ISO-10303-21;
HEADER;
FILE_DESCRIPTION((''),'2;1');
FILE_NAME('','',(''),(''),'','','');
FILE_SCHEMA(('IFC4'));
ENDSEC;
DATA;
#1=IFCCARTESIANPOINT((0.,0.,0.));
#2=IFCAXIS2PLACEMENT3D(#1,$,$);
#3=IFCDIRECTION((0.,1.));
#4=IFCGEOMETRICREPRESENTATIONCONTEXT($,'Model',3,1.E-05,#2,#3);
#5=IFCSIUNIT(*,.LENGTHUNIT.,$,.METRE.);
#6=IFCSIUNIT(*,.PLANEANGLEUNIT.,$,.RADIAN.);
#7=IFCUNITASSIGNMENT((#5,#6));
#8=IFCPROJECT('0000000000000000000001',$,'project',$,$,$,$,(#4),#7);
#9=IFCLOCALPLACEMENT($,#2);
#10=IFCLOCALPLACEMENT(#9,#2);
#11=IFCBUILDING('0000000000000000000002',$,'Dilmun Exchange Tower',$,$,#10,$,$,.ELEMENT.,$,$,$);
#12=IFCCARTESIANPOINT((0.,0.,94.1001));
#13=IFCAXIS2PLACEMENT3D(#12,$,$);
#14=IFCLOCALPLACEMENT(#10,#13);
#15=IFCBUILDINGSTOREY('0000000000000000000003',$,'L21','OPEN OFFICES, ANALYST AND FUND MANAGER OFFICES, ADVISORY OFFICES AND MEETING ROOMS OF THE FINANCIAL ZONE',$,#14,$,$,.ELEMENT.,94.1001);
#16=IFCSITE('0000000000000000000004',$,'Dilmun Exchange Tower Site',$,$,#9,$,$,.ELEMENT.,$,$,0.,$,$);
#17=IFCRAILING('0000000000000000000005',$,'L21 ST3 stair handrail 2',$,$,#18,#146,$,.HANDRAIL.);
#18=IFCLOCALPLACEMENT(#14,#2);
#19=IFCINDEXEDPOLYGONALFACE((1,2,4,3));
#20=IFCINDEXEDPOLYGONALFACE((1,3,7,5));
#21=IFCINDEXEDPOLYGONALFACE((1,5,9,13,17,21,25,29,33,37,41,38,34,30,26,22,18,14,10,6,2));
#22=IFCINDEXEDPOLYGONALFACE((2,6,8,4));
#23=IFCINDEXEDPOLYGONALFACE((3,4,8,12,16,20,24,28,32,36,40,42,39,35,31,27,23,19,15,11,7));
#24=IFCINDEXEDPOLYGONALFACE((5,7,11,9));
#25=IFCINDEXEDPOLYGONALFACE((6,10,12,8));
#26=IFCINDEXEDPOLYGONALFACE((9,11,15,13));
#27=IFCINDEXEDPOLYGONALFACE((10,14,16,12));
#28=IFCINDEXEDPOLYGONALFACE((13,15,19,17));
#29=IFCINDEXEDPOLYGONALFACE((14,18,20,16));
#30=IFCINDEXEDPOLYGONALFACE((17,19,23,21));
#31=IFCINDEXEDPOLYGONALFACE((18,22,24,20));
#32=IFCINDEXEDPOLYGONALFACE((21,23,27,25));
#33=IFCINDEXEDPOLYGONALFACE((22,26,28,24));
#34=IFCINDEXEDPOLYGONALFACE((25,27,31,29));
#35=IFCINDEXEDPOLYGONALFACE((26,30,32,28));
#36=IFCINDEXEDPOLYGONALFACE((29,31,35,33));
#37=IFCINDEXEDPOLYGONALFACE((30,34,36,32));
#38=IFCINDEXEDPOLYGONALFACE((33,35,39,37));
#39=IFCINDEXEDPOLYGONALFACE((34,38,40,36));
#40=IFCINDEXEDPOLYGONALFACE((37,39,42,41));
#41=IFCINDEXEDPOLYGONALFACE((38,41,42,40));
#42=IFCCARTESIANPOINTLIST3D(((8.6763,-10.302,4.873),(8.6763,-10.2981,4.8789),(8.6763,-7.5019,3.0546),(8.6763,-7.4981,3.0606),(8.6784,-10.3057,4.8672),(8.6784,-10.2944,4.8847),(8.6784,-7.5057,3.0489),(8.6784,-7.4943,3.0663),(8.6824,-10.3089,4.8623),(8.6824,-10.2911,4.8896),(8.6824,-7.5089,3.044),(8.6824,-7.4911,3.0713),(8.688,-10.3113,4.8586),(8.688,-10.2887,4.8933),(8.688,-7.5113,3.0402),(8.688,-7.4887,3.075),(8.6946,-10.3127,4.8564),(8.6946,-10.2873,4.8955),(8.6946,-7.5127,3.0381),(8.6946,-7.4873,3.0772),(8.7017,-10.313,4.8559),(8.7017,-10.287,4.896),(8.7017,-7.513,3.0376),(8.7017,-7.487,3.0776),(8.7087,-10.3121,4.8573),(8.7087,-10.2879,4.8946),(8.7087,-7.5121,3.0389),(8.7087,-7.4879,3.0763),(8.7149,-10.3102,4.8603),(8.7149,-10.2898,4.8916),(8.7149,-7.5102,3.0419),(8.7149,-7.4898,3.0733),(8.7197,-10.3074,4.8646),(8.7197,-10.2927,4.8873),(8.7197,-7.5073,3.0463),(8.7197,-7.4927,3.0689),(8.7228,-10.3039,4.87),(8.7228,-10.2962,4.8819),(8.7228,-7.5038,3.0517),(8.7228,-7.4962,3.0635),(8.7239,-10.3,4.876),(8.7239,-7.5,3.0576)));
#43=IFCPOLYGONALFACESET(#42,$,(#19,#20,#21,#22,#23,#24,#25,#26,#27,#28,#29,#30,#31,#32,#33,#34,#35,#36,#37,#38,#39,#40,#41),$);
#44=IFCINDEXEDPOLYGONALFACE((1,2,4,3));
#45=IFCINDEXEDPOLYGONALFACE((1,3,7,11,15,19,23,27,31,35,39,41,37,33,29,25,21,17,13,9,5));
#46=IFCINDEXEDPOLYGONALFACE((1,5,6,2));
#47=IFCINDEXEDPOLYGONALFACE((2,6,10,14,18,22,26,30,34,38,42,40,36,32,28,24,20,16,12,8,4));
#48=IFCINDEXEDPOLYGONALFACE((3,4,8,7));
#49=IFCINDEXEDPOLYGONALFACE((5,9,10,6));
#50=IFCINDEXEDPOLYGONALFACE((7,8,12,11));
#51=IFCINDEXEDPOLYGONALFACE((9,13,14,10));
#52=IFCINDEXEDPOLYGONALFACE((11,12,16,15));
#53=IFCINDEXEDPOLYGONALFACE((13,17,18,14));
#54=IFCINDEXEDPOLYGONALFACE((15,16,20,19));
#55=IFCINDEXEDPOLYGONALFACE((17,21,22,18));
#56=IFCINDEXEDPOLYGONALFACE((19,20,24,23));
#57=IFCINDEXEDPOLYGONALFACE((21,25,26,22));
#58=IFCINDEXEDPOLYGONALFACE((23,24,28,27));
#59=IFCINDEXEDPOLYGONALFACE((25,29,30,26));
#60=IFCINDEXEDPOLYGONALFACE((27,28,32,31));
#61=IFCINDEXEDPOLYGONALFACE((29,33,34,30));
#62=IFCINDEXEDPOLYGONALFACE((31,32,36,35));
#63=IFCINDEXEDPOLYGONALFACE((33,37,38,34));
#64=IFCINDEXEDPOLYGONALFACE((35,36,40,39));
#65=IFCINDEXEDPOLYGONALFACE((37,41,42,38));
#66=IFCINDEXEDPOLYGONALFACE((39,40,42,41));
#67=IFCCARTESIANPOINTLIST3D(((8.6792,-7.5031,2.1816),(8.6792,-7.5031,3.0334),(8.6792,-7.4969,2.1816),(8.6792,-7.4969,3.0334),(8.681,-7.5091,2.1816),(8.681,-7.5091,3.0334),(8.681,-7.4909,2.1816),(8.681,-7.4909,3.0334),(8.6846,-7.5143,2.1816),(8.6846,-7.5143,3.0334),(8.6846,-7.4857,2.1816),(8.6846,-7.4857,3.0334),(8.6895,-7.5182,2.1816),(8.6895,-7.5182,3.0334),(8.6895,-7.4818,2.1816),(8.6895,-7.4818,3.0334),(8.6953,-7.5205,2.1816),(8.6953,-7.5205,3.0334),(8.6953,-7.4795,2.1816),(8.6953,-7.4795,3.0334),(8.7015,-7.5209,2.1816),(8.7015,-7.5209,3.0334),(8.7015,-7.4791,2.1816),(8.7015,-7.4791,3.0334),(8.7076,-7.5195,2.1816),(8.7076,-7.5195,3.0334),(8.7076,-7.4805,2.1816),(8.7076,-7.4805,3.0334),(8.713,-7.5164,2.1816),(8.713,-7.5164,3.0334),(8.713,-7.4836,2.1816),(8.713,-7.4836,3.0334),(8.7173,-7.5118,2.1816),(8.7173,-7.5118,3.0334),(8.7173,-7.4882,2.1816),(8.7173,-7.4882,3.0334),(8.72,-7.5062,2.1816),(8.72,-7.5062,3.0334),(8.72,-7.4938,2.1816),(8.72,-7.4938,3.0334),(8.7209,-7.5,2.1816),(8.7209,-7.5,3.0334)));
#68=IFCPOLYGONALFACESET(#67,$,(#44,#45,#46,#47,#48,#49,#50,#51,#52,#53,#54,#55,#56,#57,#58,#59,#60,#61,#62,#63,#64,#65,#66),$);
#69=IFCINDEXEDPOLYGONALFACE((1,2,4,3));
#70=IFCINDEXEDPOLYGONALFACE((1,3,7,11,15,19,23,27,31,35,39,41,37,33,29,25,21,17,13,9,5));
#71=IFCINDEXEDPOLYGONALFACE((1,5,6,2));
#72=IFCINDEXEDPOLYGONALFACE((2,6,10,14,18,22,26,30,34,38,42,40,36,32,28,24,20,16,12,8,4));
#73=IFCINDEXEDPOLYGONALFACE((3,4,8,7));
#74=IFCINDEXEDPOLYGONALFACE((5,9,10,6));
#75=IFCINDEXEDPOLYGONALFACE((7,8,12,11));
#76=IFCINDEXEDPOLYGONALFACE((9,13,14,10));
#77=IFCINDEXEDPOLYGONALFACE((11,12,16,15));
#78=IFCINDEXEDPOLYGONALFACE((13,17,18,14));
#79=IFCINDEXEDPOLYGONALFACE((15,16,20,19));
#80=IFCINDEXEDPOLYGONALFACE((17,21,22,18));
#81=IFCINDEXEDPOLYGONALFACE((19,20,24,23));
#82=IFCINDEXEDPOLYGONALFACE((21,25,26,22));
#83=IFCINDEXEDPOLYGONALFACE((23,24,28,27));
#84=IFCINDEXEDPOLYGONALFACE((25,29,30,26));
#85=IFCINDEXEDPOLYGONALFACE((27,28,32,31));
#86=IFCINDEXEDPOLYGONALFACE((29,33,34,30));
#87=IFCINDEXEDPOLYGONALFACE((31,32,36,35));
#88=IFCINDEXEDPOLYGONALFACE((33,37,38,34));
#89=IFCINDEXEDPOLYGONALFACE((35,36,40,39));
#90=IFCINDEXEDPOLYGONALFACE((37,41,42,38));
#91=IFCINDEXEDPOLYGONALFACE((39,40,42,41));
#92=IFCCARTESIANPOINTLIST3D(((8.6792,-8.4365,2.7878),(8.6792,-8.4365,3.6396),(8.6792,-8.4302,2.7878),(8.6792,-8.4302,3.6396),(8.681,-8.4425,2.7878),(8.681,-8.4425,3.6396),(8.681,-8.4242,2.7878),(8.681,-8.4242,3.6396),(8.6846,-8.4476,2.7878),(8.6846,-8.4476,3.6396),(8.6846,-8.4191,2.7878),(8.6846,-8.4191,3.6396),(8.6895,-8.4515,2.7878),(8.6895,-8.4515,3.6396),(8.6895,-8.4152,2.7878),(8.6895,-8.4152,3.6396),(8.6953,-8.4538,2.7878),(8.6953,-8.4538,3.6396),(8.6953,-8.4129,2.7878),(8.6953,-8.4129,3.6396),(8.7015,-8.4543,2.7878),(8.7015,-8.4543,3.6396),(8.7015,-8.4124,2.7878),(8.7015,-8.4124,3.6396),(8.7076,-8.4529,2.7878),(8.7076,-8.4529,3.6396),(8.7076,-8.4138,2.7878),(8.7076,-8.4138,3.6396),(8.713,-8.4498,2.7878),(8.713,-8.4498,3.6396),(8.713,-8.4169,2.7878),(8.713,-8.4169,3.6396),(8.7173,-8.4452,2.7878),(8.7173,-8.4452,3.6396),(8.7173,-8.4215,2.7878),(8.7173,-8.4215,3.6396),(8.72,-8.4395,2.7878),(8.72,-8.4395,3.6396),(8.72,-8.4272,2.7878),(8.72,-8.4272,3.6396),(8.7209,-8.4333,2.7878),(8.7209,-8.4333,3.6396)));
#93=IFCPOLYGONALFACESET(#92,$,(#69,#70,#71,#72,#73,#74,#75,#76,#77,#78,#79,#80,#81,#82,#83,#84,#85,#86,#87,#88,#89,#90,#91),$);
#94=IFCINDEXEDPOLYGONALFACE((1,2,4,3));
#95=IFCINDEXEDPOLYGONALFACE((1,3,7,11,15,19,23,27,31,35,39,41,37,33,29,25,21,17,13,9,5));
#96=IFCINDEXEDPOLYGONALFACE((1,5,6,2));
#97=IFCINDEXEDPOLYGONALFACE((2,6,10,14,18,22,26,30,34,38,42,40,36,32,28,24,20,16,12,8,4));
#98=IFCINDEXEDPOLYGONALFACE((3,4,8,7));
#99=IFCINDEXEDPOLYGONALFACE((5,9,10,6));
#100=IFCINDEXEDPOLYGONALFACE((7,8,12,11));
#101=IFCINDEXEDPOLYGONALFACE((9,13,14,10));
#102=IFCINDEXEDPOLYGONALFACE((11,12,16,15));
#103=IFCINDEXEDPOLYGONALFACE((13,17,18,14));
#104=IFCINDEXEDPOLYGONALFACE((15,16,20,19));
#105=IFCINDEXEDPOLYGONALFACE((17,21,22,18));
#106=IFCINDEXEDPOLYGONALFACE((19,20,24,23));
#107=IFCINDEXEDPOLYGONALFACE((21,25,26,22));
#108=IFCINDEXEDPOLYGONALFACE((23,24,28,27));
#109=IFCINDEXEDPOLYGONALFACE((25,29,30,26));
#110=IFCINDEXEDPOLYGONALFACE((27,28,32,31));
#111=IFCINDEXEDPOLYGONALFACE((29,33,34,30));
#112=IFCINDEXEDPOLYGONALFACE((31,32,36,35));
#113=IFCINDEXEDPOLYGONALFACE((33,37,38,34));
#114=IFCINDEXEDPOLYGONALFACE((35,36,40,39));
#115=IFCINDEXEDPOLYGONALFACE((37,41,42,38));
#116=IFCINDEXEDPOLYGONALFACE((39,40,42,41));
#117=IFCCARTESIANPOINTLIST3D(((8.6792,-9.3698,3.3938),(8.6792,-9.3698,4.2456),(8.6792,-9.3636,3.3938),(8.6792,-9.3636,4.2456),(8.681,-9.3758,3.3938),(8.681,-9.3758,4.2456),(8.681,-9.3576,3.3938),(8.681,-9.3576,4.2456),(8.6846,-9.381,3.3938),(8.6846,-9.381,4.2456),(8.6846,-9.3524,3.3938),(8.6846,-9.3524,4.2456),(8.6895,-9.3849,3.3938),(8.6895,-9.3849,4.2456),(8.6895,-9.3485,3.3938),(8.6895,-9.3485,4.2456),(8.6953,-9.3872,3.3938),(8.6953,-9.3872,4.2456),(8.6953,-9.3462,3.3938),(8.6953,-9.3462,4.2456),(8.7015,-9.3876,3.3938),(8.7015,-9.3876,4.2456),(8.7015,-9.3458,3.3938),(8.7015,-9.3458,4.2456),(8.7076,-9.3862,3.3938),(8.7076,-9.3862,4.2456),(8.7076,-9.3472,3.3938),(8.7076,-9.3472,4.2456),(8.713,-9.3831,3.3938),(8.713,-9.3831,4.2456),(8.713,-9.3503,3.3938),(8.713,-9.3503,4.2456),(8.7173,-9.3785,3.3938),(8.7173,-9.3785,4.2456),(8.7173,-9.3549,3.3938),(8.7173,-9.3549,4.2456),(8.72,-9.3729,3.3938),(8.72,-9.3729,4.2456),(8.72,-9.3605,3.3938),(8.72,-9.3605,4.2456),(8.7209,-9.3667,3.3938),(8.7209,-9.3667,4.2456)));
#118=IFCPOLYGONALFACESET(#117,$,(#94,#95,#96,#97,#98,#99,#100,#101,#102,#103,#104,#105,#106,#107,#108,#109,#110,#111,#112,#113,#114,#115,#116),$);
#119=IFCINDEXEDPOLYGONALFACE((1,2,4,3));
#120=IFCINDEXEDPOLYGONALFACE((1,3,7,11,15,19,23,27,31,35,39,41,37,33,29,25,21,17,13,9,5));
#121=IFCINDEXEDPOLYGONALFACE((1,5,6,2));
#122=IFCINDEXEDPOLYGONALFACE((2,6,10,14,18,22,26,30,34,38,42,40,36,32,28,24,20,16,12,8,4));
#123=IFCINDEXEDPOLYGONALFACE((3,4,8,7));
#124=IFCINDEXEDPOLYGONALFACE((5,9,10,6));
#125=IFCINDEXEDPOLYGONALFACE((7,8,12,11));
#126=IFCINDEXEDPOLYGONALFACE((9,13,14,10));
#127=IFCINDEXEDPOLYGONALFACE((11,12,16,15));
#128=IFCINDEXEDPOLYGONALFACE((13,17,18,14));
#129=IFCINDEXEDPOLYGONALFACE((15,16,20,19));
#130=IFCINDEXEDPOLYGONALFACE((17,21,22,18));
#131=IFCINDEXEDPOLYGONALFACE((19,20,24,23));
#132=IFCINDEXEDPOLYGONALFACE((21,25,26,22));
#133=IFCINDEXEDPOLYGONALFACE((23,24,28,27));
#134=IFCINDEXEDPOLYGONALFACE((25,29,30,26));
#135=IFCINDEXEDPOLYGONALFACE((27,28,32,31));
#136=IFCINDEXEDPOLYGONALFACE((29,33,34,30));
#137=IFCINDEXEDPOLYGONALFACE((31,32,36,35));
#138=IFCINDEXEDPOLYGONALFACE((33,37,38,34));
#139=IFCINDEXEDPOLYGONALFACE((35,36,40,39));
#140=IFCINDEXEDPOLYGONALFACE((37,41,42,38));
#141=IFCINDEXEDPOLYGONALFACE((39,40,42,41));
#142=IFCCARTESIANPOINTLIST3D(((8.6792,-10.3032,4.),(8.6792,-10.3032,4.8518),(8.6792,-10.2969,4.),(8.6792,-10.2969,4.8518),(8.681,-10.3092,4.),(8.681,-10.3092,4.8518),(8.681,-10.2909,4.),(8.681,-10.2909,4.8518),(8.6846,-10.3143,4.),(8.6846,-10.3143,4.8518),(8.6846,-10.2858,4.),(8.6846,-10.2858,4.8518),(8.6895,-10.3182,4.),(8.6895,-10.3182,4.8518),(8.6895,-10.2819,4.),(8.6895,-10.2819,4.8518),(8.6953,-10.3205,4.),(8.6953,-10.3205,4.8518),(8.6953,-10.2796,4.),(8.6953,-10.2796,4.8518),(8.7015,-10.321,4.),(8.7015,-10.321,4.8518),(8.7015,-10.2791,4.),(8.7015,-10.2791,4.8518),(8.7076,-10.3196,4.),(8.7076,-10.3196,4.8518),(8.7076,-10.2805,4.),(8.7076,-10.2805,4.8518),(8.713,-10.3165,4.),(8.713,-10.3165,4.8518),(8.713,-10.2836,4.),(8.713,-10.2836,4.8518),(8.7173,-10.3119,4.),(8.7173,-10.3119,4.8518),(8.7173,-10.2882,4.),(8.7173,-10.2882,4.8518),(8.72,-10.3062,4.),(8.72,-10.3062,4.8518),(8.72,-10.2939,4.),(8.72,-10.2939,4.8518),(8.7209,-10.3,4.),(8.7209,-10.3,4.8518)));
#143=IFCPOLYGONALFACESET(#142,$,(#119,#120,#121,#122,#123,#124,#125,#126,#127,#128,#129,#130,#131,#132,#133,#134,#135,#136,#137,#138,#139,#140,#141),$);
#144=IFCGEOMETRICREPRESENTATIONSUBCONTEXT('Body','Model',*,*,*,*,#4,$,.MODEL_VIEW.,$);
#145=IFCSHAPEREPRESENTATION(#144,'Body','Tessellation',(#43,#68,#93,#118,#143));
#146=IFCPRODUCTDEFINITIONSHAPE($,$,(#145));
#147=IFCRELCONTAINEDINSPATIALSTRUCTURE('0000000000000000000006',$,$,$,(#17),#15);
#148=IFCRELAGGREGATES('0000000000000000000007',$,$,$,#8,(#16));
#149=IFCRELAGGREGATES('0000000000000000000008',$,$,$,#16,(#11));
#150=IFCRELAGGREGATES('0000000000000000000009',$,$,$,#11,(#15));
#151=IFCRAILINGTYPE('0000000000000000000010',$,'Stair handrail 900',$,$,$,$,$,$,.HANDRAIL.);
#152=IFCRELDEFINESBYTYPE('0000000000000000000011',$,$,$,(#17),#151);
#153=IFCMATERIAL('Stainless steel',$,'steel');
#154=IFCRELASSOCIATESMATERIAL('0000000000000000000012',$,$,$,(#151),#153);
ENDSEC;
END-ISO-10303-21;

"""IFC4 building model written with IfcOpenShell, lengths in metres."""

from ifc_helpers import new_model, si_unit, direction, frame, origin, origin_2d, place, context, subcontext, project, spatial, circle, extrude, material, type_object, element, save


model = new_model("IFC4")

# Units and contexts
model_context = context("Model", 3, precision=1e-05, world=origin(), true_north=direction((0.0, 1.0)))
body_context = subcontext(model_context, "Body", "Model", "MODEL_VIEW")
ifc_project = project(units=[si_unit("LENGTHUNIT", "METRE"), si_unit("PLANEANGLEUNIT", "RADIAN")], contexts=[model_context])

# Site, building, storey
site_placement = place(None, origin())
site = spatial("IfcSite", under=ifc_project, at=site_placement, Name="Dilmun Exchange Tower Site", CompositionType="ELEMENT", RefElevation=0.0)
building_placement = place(site_placement, origin())
building = spatial("IfcBuilding", under=site, at=building_placement, Name="Dilmun Exchange Tower", CompositionType="ELEMENT")
storey_placement = place(building_placement, frame((0.0, 0.0, 94.1001)))
storey = spatial("IfcBuildingStorey", under=building, at=storey_placement, Name="L21", Description="OPEN OFFICES, ANALYST AND FUND MANAGER OFFICES, ADVISORY OFFICES AND MEETING ROOMS OF THE FINANCIAL ZONE", CompositionType="ELEMENT", Elevation=94.1001)

# Railing
ifc_material_1 = material(Name="Stainless steel", Category="steel")
railing_type = type_object("IfcRailingType", Name="Stair handrail 900", PredefinedType="HANDRAIL", material=ifc_material_1)
railing_placement = place(storey_placement, frame((8.7, -7.5, 2.1816)))
element("IfcRailing", 1, at=railing_placement, inside=storey, type_object=railing_type, Name="L21 ST3 stair handrail 2", PredefinedType="HANDRAIL", context=body_context, shape_type="SweptSolid", body=[
    extrude(circle(Radius=0.0239, at=origin_2d()), frame((0.0, 0.0, 0.876), z_axis=(0.0, -0.838672, 0.544636), x_axis=(1.0, 0.0, 0.0)), (0.0, 0.0, 1.0), 3.3386),
    extrude(circle(Radius=0.021, at=origin_2d()), origin(), (0.0, 0.0, 1.0), 0.8518),
    extrude(circle(Radius=0.021, at=origin_2d()), frame((0.0, -0.9333, 0.6062)), (0.0, 0.0, 1.0), 0.8518),
    extrude(circle(Radius=0.021, at=origin_2d()), frame((0.0, -1.8667, 1.2122)), (0.0, 0.0, 1.0), 0.8518),
    extrude(circle(Radius=0.021, at=origin_2d()), frame((0.0, -2.8, 1.8184)), (0.0, 0.0, 1.0), 0.8518),
])

save(model, "model.ifc")
